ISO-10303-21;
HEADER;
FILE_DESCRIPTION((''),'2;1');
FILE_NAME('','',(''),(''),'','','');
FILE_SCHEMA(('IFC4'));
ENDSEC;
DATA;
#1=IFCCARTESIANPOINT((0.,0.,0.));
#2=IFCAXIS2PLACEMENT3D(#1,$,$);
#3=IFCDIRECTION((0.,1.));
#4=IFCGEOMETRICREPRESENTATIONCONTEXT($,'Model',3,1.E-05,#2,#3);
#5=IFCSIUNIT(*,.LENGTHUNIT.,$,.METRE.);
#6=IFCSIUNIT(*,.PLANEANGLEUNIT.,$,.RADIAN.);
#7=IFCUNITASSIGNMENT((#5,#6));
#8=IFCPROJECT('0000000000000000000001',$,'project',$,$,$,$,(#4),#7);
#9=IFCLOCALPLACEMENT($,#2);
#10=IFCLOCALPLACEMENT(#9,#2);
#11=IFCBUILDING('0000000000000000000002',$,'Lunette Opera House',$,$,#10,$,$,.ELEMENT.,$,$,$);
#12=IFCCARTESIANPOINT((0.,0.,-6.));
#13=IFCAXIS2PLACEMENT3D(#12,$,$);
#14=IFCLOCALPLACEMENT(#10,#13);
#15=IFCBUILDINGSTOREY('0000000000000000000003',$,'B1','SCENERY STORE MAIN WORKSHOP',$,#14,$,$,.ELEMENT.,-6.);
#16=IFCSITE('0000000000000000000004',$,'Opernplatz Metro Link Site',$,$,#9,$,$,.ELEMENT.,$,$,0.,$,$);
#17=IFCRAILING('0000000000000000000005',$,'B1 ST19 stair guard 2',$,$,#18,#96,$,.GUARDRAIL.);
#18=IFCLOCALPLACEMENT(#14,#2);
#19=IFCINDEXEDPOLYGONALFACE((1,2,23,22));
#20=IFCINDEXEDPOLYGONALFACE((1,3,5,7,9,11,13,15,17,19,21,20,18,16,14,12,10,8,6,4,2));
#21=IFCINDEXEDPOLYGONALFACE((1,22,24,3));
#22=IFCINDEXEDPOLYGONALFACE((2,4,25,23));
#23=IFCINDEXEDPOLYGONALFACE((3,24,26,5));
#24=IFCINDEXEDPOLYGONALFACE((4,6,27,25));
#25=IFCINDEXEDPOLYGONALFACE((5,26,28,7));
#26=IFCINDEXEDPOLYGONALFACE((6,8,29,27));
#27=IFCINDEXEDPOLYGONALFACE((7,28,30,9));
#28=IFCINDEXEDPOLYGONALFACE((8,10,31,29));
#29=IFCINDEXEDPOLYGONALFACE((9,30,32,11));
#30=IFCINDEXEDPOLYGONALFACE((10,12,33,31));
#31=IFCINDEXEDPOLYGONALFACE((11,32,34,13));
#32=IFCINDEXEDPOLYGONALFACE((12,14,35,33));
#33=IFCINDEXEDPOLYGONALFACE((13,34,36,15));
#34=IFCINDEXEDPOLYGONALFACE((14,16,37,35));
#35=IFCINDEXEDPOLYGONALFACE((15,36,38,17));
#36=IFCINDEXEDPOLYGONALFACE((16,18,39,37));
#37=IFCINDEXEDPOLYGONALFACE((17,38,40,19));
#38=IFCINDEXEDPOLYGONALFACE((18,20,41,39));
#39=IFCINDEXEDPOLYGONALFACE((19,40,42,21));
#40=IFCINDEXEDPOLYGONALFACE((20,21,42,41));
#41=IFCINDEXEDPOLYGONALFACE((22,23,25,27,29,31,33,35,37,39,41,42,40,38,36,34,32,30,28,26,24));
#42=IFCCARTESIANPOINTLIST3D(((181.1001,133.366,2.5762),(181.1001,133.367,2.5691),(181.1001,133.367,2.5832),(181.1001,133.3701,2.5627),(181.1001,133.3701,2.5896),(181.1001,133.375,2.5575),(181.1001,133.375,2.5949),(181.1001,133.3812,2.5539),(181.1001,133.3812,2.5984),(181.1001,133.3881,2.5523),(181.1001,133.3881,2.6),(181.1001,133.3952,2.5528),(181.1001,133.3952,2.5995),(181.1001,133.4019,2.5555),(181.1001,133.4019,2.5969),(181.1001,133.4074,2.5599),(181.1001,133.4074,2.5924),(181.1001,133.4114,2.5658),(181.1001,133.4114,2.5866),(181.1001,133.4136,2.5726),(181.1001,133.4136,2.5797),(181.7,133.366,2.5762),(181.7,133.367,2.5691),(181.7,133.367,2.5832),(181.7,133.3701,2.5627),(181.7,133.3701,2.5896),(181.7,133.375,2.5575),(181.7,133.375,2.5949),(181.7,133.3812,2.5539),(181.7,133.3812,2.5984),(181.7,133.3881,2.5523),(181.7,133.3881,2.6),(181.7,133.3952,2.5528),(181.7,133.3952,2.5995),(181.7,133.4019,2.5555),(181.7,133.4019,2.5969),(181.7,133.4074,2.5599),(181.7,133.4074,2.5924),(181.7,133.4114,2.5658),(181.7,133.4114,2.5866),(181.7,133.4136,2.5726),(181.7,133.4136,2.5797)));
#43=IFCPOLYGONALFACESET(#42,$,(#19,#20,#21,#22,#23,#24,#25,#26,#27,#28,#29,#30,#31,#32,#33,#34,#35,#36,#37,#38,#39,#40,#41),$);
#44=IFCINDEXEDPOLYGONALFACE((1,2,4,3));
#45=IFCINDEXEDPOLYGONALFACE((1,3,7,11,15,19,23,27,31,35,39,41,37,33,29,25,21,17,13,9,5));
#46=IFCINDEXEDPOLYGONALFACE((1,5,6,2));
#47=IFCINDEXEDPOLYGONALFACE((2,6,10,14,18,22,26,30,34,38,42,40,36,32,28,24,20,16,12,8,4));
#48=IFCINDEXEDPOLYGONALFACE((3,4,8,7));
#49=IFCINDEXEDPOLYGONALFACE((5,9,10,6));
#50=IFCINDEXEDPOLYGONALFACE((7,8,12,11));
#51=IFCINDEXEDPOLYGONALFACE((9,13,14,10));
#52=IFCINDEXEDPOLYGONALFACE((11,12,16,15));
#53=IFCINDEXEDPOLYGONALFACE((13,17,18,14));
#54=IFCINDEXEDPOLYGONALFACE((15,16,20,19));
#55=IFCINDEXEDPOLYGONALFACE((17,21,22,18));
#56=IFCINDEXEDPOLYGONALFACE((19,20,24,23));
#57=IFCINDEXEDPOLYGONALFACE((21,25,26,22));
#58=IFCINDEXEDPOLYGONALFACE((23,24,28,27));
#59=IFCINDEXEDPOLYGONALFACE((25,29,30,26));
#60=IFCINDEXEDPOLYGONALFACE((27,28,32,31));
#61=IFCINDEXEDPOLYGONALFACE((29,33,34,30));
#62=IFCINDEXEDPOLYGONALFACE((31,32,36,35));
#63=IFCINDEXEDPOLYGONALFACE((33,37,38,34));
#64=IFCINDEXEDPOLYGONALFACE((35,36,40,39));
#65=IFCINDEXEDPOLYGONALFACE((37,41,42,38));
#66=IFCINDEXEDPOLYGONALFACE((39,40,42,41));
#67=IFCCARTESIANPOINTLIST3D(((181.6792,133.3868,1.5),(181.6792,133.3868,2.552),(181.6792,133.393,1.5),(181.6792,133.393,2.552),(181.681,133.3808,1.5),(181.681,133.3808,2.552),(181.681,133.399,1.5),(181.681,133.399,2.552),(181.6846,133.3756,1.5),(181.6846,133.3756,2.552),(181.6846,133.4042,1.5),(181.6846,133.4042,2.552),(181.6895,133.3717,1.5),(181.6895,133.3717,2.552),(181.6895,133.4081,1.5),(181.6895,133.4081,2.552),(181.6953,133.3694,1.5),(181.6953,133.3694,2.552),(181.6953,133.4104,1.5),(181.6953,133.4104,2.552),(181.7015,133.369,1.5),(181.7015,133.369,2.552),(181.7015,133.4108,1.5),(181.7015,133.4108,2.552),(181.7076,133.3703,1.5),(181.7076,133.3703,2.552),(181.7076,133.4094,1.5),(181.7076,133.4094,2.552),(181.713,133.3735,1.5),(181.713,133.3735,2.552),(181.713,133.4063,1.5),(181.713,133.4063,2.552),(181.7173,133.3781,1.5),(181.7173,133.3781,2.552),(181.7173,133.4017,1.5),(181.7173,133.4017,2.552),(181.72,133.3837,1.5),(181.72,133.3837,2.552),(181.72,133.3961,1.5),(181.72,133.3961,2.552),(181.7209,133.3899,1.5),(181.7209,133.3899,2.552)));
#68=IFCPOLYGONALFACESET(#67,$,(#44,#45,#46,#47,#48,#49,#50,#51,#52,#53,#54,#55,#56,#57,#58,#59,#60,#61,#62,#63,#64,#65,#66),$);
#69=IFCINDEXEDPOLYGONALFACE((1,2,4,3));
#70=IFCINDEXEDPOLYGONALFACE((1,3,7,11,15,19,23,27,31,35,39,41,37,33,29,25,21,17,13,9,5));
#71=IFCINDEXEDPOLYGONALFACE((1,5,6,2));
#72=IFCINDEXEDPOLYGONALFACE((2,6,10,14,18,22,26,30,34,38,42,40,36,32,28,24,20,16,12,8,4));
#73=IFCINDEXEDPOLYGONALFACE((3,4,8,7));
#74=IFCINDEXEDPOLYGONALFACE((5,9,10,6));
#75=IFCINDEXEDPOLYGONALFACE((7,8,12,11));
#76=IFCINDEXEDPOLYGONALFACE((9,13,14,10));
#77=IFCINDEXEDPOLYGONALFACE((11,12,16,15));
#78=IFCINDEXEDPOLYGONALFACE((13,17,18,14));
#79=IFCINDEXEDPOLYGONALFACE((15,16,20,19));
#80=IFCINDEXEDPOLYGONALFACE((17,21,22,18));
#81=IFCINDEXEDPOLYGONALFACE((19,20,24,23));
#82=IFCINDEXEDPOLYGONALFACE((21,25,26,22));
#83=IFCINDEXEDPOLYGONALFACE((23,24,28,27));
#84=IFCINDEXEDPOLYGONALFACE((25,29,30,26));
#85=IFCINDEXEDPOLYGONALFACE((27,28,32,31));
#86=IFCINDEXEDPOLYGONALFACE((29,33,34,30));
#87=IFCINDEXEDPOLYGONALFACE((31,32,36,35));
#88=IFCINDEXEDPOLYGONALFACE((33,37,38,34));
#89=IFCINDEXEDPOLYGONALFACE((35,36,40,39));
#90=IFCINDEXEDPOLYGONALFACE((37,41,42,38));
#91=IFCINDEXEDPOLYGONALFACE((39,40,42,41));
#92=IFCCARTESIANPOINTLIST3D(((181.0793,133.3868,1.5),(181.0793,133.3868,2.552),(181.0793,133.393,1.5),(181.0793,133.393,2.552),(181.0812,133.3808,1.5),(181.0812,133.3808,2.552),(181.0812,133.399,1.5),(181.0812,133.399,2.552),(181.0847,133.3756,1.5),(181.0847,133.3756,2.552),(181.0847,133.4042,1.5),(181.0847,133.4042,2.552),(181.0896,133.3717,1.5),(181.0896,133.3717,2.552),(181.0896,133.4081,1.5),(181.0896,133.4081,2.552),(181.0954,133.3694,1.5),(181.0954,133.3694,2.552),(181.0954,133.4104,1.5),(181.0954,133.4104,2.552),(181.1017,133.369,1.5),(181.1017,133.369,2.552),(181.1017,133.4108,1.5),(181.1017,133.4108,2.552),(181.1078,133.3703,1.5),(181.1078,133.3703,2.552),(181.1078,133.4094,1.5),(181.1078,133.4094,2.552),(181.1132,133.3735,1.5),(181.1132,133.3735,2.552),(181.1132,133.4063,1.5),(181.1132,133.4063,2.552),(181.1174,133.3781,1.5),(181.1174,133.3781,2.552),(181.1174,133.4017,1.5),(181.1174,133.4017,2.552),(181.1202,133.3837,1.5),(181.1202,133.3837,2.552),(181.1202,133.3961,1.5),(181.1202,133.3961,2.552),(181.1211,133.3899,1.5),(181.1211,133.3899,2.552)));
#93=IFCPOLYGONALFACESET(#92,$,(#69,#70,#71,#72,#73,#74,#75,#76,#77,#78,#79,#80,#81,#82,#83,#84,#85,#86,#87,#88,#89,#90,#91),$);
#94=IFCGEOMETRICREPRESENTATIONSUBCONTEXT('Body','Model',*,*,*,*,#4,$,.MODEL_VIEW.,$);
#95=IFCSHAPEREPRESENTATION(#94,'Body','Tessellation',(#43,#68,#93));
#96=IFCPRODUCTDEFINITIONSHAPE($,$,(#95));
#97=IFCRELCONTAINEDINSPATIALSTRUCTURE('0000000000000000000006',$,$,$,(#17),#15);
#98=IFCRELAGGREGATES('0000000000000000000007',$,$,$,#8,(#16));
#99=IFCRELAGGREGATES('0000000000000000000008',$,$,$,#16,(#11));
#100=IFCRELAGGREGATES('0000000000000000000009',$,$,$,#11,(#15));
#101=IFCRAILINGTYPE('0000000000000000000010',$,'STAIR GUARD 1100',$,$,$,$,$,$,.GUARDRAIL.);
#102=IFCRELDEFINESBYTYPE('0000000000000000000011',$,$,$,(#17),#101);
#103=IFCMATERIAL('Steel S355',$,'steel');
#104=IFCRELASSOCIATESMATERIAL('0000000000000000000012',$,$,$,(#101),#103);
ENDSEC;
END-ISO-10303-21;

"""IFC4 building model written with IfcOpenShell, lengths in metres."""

from ifc_helpers import new_model, si_unit, direction, frame, origin, origin_2d, place, context, subcontext, project, spatial, circle, extrude, material, type_object, element, save


model = new_model("IFC4")

# Units and contexts
model_context = context("Model", 3, precision=1e-05, world=origin(), true_north=direction((0.0, 1.0)))
body_context = subcontext(model_context, "Body", "Model", "MODEL_VIEW")
ifc_project = project(units=[si_unit("LENGTHUNIT", "METRE"), si_unit("PLANEANGLEUNIT", "RADIAN")], contexts=[model_context])

# Site, building, storey
site_placement = place(None, origin())
site = spatial("IfcSite", under=ifc_project, at=site_placement, Name="Opernplatz Metro Link Site", CompositionType="ELEMENT", RefElevation=0.0)
building_placement = place(site_placement, origin())
building = spatial("IfcBuilding", under=site, at=building_placement, Name="Lunette Opera House", CompositionType="ELEMENT")
storey_placement = place(building_placement, frame((0.0, 0.0, -6.0)))
storey = spatial("IfcBuildingStorey", under=building, at=storey_placement, Name="B1", Description="SCENERY STORE MAIN WORKSHOP", CompositionType="ELEMENT", Elevation=-6.0)

# Railing
ifc_material_1 = material(Name="Steel S355", Category="steel")
railing_type_1 = type_object("IfcRailingType", Name="STAIR GUARD 1100", PredefinedType="GUARDRAIL", material=ifc_material_1)
railing_1_placement = place(storey_placement, frame((181.7, 133.3899, 1.5)))
element("IfcRailing", 1, at=railing_1_placement, inside=storey, type_object=railing_type_1, Name="B1 ST19 stair guard 2", PredefinedType="GUARDRAIL", context=body_context, shape_type="SweptSolid", body=[
    extrude(circle(Radius=0.0239, at=origin_2d()), frame((0.0, 0.0, 1.0762), z_axis=(-1.0, 0.0, 0.0), x_axis=(0.0, -1.0, 0.0)), (0.0, 0.0, 1.0), 0.5999),
    extrude(circle(Radius=0.021, at=origin_2d()), origin(), (0.0, 0.0, 1.0), 1.052),
    extrude(circle(Radius=0.021, at=origin_2d()), frame((-0.5999, 0.0, 0.0)), (0.0, 0.0, 1.0), 1.052),
])

save(model, "model.ifc")
